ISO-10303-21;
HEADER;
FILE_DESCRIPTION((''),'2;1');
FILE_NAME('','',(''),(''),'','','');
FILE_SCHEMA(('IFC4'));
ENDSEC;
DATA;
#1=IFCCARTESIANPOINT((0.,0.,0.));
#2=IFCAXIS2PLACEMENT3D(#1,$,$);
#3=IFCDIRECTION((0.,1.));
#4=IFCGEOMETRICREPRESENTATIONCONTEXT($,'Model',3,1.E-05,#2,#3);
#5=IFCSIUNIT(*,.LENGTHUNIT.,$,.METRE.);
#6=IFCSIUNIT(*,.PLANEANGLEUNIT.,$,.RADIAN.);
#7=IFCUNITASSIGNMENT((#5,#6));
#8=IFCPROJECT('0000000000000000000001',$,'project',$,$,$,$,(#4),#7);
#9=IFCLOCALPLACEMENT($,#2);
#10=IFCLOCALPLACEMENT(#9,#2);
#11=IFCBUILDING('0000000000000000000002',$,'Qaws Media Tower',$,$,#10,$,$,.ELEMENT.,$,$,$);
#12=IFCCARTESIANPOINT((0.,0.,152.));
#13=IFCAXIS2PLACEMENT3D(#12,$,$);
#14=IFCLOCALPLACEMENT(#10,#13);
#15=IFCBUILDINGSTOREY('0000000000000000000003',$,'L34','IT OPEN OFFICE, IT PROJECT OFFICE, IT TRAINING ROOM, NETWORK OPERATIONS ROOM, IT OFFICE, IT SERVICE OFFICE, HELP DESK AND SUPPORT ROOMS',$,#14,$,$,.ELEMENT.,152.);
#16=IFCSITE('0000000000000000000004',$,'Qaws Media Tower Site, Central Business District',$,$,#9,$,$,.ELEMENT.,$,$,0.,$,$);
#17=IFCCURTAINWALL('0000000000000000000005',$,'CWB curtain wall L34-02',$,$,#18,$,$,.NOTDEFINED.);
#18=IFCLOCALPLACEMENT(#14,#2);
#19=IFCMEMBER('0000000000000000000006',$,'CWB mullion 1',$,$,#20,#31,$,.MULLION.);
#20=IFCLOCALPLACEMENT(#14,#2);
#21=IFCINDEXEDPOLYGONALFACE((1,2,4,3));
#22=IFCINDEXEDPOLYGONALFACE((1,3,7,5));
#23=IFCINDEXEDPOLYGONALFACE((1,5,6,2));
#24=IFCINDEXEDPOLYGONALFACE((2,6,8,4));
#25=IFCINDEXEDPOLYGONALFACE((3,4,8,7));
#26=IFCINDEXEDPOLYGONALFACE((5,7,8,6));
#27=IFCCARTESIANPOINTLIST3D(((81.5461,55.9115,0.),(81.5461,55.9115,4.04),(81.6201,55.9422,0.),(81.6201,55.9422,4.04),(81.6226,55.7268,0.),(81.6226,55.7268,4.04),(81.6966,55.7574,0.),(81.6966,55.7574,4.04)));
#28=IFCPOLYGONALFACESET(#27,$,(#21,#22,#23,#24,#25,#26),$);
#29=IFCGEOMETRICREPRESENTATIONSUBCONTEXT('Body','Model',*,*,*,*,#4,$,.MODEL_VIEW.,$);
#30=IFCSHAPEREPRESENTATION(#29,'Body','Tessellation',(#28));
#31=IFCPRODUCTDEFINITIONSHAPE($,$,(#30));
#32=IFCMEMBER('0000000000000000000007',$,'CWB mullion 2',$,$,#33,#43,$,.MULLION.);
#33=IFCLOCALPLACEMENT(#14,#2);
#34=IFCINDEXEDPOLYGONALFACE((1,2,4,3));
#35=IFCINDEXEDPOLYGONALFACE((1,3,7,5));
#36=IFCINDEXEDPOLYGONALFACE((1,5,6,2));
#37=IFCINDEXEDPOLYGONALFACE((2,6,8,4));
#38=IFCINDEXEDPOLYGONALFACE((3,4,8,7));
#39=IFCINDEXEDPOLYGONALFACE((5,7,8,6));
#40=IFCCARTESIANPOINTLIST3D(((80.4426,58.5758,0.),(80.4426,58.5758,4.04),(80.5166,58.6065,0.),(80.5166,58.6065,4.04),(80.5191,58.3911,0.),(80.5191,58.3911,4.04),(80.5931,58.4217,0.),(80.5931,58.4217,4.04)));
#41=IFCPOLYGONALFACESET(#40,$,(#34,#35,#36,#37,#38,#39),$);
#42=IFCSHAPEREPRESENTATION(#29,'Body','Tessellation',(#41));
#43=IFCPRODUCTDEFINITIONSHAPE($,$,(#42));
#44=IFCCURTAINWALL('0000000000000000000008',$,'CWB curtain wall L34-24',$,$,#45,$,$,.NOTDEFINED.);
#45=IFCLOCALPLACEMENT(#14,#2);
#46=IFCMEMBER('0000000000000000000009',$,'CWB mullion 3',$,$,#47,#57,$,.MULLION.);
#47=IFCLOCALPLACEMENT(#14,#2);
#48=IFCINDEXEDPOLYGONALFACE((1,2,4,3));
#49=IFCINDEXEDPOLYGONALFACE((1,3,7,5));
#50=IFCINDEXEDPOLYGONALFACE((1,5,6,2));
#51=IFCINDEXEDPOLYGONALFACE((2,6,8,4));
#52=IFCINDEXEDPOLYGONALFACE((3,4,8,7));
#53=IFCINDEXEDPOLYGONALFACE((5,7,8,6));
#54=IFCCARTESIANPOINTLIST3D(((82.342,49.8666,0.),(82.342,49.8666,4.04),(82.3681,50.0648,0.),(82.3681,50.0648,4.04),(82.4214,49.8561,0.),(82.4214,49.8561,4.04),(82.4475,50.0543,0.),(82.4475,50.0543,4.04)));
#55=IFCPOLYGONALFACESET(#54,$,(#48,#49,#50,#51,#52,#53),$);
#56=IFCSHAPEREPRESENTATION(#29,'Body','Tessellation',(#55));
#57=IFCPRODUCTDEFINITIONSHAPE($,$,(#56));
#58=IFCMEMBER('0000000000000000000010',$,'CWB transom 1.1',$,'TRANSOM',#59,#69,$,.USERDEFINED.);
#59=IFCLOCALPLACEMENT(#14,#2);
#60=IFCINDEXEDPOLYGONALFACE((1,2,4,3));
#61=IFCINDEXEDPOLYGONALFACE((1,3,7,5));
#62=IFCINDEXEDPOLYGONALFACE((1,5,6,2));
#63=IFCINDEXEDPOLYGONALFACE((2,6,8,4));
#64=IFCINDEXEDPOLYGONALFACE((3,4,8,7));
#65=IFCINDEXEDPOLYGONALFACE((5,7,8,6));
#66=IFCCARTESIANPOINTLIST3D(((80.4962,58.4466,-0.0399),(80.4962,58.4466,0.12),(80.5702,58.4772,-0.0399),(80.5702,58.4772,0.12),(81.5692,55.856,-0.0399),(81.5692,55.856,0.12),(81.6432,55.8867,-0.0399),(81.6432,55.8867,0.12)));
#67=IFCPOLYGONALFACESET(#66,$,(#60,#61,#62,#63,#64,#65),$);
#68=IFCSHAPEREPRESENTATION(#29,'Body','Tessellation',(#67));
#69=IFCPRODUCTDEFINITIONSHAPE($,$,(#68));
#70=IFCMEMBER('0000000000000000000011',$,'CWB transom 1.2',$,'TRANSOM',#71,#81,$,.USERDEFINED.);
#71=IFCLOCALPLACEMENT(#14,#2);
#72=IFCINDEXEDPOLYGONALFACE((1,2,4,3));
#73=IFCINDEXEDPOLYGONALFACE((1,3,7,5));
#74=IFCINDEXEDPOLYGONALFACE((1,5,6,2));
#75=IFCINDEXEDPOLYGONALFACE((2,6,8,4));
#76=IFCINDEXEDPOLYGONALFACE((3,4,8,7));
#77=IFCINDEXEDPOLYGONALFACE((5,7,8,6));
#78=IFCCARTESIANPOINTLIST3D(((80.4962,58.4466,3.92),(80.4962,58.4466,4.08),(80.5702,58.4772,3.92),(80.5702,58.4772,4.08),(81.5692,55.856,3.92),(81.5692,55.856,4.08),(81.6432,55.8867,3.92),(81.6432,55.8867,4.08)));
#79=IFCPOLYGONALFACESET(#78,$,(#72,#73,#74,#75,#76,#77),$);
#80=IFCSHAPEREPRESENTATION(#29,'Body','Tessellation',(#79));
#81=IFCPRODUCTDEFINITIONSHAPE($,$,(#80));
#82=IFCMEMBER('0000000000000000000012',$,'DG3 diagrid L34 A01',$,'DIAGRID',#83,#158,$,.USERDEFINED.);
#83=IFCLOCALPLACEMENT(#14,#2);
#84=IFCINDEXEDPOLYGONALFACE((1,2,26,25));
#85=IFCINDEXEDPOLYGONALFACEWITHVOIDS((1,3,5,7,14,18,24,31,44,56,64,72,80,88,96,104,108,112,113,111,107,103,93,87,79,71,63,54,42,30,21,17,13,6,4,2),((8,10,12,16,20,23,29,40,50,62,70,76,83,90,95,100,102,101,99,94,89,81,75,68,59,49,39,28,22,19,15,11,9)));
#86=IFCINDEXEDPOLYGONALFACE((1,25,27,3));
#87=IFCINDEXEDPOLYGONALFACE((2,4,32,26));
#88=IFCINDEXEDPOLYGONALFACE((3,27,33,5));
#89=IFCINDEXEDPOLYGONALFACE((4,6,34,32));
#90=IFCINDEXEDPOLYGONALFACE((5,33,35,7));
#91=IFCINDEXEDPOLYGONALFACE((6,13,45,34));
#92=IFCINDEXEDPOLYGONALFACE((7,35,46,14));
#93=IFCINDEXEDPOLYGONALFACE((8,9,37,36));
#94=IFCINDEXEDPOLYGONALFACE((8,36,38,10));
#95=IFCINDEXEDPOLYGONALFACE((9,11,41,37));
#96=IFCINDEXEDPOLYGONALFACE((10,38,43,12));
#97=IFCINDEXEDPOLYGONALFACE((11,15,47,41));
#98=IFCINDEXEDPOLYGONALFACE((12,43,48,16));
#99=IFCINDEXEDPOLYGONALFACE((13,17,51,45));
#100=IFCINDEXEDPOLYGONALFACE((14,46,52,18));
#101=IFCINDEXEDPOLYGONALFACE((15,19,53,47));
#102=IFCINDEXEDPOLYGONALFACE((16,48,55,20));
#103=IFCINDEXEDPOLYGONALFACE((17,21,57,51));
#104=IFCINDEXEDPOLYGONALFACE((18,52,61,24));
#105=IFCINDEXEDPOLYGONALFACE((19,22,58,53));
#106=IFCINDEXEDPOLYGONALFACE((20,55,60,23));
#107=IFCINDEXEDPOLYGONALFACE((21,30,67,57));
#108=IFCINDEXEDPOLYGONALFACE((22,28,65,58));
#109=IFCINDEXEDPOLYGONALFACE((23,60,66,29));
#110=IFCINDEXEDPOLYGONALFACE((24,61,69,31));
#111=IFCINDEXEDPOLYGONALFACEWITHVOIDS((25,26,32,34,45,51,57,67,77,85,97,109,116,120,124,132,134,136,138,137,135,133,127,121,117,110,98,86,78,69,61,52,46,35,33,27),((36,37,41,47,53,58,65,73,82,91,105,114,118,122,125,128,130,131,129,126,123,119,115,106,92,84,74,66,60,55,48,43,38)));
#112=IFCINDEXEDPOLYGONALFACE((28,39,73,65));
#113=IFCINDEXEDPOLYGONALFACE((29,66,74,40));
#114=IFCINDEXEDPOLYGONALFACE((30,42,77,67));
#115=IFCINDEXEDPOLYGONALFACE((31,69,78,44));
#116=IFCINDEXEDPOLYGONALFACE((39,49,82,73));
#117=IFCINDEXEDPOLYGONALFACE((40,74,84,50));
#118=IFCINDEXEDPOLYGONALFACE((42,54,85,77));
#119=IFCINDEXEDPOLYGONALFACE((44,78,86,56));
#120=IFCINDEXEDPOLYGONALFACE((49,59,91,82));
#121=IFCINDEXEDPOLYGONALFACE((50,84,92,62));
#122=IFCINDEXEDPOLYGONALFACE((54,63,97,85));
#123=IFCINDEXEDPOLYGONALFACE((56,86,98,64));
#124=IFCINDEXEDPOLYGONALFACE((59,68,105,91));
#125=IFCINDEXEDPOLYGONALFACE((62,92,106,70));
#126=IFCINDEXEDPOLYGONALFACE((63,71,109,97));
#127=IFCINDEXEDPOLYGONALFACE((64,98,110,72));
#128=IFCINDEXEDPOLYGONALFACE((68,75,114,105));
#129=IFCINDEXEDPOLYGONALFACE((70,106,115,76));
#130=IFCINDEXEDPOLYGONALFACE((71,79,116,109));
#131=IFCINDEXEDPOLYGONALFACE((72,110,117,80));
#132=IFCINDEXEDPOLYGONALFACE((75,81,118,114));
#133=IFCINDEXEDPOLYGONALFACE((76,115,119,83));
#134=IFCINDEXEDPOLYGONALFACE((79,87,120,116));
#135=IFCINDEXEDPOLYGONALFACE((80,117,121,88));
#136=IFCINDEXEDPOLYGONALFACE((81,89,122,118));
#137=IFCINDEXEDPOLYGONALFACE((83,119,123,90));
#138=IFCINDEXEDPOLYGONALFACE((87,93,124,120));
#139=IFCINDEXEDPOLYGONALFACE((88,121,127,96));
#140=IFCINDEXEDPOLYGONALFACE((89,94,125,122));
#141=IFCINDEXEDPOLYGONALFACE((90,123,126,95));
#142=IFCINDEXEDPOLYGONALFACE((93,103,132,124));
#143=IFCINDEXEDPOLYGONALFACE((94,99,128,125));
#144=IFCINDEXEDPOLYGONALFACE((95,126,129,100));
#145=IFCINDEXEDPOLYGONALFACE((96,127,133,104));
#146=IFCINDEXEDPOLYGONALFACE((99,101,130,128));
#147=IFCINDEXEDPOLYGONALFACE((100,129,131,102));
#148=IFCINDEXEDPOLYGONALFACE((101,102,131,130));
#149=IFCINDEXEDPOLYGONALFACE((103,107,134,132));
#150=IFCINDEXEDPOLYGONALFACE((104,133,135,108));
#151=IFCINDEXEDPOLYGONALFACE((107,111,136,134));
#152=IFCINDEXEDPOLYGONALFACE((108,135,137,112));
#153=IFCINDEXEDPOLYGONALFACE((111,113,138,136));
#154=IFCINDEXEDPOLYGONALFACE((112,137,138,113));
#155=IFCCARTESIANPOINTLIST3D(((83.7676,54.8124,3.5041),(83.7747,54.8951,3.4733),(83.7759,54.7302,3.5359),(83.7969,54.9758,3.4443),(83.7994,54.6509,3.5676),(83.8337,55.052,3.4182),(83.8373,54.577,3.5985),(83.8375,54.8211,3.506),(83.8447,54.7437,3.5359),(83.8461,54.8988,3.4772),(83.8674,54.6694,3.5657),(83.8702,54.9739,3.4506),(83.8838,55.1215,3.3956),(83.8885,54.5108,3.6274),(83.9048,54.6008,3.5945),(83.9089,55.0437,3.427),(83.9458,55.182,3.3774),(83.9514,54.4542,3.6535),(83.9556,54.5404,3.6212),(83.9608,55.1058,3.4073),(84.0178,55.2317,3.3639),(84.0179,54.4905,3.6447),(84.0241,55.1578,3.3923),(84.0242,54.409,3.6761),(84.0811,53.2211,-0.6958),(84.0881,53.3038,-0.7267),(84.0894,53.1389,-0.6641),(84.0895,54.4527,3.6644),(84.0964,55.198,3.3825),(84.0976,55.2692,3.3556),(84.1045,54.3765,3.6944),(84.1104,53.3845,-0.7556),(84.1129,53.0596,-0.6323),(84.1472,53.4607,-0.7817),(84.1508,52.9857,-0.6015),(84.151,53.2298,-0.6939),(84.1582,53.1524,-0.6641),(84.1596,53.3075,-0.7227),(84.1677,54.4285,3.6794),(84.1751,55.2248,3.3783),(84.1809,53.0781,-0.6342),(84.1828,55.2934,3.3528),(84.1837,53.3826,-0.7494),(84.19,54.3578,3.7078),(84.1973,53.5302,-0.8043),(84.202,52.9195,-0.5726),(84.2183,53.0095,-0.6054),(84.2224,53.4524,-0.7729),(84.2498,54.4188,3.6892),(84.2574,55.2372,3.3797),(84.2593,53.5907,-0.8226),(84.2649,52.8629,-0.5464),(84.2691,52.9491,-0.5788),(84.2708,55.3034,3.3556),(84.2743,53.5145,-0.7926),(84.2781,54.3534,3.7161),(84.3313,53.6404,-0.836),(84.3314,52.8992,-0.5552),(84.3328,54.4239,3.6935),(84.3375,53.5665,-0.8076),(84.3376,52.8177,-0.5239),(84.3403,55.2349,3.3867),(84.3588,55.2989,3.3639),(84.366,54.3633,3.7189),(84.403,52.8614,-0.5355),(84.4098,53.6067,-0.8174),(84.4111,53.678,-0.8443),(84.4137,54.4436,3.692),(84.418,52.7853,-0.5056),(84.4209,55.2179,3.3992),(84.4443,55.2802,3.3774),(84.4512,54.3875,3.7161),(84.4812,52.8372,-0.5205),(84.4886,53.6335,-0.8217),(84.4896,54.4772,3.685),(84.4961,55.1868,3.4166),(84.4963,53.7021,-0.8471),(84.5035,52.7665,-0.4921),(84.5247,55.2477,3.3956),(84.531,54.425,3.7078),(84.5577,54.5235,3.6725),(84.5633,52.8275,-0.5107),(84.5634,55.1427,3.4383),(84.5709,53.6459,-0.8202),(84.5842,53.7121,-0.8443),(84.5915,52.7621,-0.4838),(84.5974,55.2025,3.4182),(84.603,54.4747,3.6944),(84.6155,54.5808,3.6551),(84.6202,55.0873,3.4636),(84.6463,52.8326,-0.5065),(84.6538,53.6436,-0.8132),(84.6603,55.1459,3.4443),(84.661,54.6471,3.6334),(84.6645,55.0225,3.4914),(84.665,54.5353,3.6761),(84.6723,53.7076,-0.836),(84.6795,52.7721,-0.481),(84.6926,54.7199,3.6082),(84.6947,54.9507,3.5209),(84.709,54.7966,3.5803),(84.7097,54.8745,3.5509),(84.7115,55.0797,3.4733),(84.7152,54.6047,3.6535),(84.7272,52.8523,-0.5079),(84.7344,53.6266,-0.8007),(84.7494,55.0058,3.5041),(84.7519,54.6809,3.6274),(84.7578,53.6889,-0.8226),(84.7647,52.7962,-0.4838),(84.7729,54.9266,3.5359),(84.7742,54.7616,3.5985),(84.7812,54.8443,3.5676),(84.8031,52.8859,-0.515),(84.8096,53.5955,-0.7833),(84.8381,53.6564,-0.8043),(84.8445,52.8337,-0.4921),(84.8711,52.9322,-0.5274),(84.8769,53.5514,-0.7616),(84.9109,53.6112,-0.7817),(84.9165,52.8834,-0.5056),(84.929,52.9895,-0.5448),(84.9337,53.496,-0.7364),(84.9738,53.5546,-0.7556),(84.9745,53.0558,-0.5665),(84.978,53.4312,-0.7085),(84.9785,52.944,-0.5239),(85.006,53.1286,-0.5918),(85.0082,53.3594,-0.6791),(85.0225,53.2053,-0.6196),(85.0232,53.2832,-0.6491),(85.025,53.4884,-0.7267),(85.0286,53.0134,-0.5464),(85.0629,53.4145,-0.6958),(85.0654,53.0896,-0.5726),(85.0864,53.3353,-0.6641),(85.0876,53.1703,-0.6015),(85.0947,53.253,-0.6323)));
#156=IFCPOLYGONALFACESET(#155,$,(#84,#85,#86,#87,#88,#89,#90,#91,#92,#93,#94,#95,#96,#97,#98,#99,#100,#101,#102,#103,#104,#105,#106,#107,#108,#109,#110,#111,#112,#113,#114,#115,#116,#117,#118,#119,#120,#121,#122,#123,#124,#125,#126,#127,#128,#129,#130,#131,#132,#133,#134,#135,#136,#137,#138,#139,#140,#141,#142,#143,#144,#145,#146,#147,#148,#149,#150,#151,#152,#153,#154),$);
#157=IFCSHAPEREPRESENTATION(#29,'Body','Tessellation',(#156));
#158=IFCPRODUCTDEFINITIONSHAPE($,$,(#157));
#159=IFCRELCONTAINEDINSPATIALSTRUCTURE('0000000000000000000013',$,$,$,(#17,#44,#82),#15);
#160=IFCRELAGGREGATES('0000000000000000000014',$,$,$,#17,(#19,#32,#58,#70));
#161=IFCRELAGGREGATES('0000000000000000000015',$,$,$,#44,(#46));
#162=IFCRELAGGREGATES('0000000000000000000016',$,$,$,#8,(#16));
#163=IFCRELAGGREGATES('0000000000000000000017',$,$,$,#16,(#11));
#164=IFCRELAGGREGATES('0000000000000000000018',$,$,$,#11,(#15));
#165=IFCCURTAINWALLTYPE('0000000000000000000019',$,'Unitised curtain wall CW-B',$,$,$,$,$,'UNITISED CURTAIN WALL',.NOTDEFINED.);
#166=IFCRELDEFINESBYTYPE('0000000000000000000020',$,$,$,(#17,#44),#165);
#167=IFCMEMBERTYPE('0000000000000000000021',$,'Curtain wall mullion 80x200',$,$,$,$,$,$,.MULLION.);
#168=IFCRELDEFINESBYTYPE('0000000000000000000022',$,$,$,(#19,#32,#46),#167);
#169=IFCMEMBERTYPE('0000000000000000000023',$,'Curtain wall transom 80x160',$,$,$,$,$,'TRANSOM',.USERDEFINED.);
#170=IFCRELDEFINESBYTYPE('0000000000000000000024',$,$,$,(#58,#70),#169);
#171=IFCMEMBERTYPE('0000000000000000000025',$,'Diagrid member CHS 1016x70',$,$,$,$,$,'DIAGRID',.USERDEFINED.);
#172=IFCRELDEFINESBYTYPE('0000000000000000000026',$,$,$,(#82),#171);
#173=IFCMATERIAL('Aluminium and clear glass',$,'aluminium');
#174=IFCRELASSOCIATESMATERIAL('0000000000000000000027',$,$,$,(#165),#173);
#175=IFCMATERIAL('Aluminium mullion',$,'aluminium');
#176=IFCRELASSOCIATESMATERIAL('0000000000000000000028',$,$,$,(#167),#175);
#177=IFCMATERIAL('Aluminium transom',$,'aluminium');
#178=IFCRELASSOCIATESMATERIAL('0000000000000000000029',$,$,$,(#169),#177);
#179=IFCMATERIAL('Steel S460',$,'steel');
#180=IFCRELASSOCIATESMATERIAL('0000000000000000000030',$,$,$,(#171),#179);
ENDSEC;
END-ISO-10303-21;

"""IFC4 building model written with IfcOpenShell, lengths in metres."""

from ifc_helpers import new_model, si_unit, direction, frame, origin, origin_2d, place, context, subcontext, project, spatial, rectangle, hollow_circle, extrude, material, material_profile, profile_set, type_object, element, aggregate, save


model = new_model("IFC4")

# Units and contexts
model_context = context("Model", 3, precision=1e-05, world=origin(), true_north=direction((0.0, 1.0)))
body_context = subcontext(model_context, "Body", "Model", "MODEL_VIEW")
ifc_project = project(units=[si_unit("LENGTHUNIT", "METRE"), si_unit("PLANEANGLEUNIT", "RADIAN")], contexts=[model_context])

# Site, building, storey
site_placement = place(None, origin())
site = spatial("IfcSite", under=ifc_project, at=site_placement, Name="Qaws Media Tower Site, Central Business District", CompositionType="ELEMENT", RefElevation=0.0)
building_placement = place(site_placement, origin())
building = spatial("IfcBuilding", under=site, at=building_placement, Name="Qaws Media Tower", CompositionType="ELEMENT")
storey_placement = place(building_placement, frame((0.0, 0.0, 152.0)))
storey = spatial("IfcBuildingStorey", under=building, at=storey_placement, Name="L34", Description="IT OPEN OFFICE, IT PROJECT OFFICE, IT TRAINING ROOM, NETWORK OPERATIONS ROOM, IT OFFICE, IT SERVICE OFFICE, HELP DESK AND SUPPORT ROOMS", CompositionType="ELEMENT", Elevation=152.0)

# Curtain wall, members
ifc_material_1 = material(Name="Aluminium and clear glass", Category="aluminium")
curtain_wall_type = type_object("IfcCurtainWallType", Name="Unitised curtain wall CW-B", ElementType="UNITISED CURTAIN WALL", PredefinedType="NOTDEFINED", material=ifc_material_1)
curtain_wall_1_placement = place(storey_placement, origin())
curtain_wall_1 = element("IfcCurtainWall", 1, at=curtain_wall_1_placement, inside=storey, type_object=curtain_wall_type, Name="CWB curtain wall L34-02", PredefinedType="NOTDEFINED")
ifc_material_2 = material(Name="Aluminium mullion", Category="aluminium")
ifc_material_profile_1 = material_profile(ifc_material_2, rectangle(XDim=0.0801, YDim=0.2, at=origin_2d()), Name="80x200")
ifc_profile_set_1 = profile_set([ifc_material_profile_1], Name="Aluminium mullion")
member_type_1 = type_object("IfcMemberType", Name="Curtain wall mullion 80x200", PredefinedType="MULLION", material=ifc_profile_set_1)
member_1_placement = place(storey_placement, frame((81.6213, 55.8345, 0.0), z_axis=(0.0, 0.0, 1.0), x_axis=(-0.923879, -0.382684, 0.0)))
member_1 = element("IfcMember", 2, at=member_1_placement, type_object=member_type_1, Name="CWB mullion 1", PredefinedType="MULLION", context=body_context, shape_type="SweptSolid", body=[
    extrude(rectangle(XDim=0.0801, YDim=0.2, at=origin_2d()), origin(), (0.0, 0.0, 1.0), 4.04),
])
member_2_placement = place(storey_placement, frame((80.5178, 58.4988, 0.0), z_axis=(0.0, 0.0, 1.0), x_axis=(-0.923879, -0.382684, 0.0)))
member_2 = element("IfcMember", 3, at=member_2_placement, type_object=member_type_1, Name="CWB mullion 2", PredefinedType="MULLION", context=body_context, shape_type="SweptSolid", body=[
    extrude(rectangle(XDim=0.0801, YDim=0.2, at=origin_2d()), origin(), (0.0, 0.0, 1.0), 4.04),
])

# Curtain wall, member
curtain_wall_2_placement = place(storey_placement, origin())
curtain_wall_2 = element("IfcCurtainWall", 4, at=curtain_wall_2_placement, inside=storey, type_object=curtain_wall_type, Name="CWB curtain wall L34-24", PredefinedType="NOTDEFINED")
member_3_placement = place(storey_placement, frame((82.3948, 49.9604, 0.0), z_axis=(0.0, 0.0, 1.0), x_axis=(-0.991445, 0.130526, 0.0)))
member_3 = element("IfcMember", 5, at=member_3_placement, type_object=member_type_1, Name="CWB mullion 3", PredefinedType="MULLION", context=body_context, shape_type="SweptSolid", body=[
    extrude(rectangle(XDim=0.0801, YDim=0.2, at=origin_2d()), origin(), (0.0, 0.0, 1.0), 4.04),
])

# Members
ifc_material_3 = material(Name="Aluminium transom", Category="aluminium")
ifc_material_profile_2 = material_profile(ifc_material_3, rectangle(XDim=0.0801, YDim=0.1599, at=origin_2d()), Name="80x160")
ifc_profile_set_2 = profile_set([ifc_material_profile_2], Name="Aluminium transom")
member_type_2 = type_object("IfcMemberType", Name="Curtain wall transom 80x160", ElementType="TRANSOM", PredefinedType="USERDEFINED", material=ifc_profile_set_2)
member_4_placement = place(storey_placement, frame((81.6062, 55.8713, 0.04), z_axis=(-0.382667, 0.923886, 0.0), x_axis=(-0.923886, -0.382667, 0.0)))
member_4 = element("IfcMember", 6, at=member_4_placement, type_object=member_type_2, Name="CWB transom 1.1", ObjectType="TRANSOM", PredefinedType="USERDEFINED", context=body_context, shape_type="SweptSolid", body=[
    extrude(rectangle(XDim=0.0801, YDim=0.1599, at=origin_2d()), origin(), (0.0, 0.0, 1.0), 2.804),
])
member_5_placement = place(storey_placement, frame((81.6062, 55.8713, 4.0), z_axis=(-0.382667, 0.923886, 0.0), x_axis=(-0.923886, -0.382667, 0.0)))
member_5 = element("IfcMember", 7, at=member_5_placement, type_object=member_type_2, Name="CWB transom 1.2", ObjectType="TRANSOM", PredefinedType="USERDEFINED", context=body_context, shape_type="SweptSolid", body=[
    extrude(rectangle(XDim=0.0801, YDim=0.1599, at=origin_2d()), origin(), (0.0, 0.0, 1.0), 2.804),
])

# Member
ifc_material_4 = material(Name="Steel S460", Category="steel")
ifc_material_profile_3 = material_profile(ifc_material_4, hollow_circle(Radius=0.5081, WallThickness=0.0701, at=origin_2d()), Name="CHS 1016x70")
ifc_profile_set_3 = profile_set([ifc_material_profile_3], Name="Steel S460")
member_type_3 = type_object("IfcMemberType", Name="Diagrid member CHS 1016x70", ElementType="DIAGRID", PredefinedType="USERDEFINED", material=ifc_profile_set_3)
for number, where, z_axis, x_axis, name in (
    (8, (84.5879, 53.2371, -0.6641), (-0.069627, 0.353449, 0.932859), (-0.981144, -0.193278, 0.0), "DG3 diagrid L34 A01"),
):
    element("IfcMember", number, at=place(storey_placement, frame(where, z_axis=z_axis, x_axis=x_axis)), inside=storey, type_object=member_type_3, Name=name, ObjectType="DIAGRID", PredefinedType="USERDEFINED", context=body_context, shape_type="SweptSolid", body=[
        extrude(hollow_circle(Radius=0.5081, WallThickness=0.0701, at=origin_2d()), origin(), (0.0, 0.0, 1.0), 4.5022),
    ])

aggregate(curtain_wall_1, [member_1, member_2, member_4, member_5])
aggregate(curtain_wall_2, [member_3])

save(model, "model.ifc")
